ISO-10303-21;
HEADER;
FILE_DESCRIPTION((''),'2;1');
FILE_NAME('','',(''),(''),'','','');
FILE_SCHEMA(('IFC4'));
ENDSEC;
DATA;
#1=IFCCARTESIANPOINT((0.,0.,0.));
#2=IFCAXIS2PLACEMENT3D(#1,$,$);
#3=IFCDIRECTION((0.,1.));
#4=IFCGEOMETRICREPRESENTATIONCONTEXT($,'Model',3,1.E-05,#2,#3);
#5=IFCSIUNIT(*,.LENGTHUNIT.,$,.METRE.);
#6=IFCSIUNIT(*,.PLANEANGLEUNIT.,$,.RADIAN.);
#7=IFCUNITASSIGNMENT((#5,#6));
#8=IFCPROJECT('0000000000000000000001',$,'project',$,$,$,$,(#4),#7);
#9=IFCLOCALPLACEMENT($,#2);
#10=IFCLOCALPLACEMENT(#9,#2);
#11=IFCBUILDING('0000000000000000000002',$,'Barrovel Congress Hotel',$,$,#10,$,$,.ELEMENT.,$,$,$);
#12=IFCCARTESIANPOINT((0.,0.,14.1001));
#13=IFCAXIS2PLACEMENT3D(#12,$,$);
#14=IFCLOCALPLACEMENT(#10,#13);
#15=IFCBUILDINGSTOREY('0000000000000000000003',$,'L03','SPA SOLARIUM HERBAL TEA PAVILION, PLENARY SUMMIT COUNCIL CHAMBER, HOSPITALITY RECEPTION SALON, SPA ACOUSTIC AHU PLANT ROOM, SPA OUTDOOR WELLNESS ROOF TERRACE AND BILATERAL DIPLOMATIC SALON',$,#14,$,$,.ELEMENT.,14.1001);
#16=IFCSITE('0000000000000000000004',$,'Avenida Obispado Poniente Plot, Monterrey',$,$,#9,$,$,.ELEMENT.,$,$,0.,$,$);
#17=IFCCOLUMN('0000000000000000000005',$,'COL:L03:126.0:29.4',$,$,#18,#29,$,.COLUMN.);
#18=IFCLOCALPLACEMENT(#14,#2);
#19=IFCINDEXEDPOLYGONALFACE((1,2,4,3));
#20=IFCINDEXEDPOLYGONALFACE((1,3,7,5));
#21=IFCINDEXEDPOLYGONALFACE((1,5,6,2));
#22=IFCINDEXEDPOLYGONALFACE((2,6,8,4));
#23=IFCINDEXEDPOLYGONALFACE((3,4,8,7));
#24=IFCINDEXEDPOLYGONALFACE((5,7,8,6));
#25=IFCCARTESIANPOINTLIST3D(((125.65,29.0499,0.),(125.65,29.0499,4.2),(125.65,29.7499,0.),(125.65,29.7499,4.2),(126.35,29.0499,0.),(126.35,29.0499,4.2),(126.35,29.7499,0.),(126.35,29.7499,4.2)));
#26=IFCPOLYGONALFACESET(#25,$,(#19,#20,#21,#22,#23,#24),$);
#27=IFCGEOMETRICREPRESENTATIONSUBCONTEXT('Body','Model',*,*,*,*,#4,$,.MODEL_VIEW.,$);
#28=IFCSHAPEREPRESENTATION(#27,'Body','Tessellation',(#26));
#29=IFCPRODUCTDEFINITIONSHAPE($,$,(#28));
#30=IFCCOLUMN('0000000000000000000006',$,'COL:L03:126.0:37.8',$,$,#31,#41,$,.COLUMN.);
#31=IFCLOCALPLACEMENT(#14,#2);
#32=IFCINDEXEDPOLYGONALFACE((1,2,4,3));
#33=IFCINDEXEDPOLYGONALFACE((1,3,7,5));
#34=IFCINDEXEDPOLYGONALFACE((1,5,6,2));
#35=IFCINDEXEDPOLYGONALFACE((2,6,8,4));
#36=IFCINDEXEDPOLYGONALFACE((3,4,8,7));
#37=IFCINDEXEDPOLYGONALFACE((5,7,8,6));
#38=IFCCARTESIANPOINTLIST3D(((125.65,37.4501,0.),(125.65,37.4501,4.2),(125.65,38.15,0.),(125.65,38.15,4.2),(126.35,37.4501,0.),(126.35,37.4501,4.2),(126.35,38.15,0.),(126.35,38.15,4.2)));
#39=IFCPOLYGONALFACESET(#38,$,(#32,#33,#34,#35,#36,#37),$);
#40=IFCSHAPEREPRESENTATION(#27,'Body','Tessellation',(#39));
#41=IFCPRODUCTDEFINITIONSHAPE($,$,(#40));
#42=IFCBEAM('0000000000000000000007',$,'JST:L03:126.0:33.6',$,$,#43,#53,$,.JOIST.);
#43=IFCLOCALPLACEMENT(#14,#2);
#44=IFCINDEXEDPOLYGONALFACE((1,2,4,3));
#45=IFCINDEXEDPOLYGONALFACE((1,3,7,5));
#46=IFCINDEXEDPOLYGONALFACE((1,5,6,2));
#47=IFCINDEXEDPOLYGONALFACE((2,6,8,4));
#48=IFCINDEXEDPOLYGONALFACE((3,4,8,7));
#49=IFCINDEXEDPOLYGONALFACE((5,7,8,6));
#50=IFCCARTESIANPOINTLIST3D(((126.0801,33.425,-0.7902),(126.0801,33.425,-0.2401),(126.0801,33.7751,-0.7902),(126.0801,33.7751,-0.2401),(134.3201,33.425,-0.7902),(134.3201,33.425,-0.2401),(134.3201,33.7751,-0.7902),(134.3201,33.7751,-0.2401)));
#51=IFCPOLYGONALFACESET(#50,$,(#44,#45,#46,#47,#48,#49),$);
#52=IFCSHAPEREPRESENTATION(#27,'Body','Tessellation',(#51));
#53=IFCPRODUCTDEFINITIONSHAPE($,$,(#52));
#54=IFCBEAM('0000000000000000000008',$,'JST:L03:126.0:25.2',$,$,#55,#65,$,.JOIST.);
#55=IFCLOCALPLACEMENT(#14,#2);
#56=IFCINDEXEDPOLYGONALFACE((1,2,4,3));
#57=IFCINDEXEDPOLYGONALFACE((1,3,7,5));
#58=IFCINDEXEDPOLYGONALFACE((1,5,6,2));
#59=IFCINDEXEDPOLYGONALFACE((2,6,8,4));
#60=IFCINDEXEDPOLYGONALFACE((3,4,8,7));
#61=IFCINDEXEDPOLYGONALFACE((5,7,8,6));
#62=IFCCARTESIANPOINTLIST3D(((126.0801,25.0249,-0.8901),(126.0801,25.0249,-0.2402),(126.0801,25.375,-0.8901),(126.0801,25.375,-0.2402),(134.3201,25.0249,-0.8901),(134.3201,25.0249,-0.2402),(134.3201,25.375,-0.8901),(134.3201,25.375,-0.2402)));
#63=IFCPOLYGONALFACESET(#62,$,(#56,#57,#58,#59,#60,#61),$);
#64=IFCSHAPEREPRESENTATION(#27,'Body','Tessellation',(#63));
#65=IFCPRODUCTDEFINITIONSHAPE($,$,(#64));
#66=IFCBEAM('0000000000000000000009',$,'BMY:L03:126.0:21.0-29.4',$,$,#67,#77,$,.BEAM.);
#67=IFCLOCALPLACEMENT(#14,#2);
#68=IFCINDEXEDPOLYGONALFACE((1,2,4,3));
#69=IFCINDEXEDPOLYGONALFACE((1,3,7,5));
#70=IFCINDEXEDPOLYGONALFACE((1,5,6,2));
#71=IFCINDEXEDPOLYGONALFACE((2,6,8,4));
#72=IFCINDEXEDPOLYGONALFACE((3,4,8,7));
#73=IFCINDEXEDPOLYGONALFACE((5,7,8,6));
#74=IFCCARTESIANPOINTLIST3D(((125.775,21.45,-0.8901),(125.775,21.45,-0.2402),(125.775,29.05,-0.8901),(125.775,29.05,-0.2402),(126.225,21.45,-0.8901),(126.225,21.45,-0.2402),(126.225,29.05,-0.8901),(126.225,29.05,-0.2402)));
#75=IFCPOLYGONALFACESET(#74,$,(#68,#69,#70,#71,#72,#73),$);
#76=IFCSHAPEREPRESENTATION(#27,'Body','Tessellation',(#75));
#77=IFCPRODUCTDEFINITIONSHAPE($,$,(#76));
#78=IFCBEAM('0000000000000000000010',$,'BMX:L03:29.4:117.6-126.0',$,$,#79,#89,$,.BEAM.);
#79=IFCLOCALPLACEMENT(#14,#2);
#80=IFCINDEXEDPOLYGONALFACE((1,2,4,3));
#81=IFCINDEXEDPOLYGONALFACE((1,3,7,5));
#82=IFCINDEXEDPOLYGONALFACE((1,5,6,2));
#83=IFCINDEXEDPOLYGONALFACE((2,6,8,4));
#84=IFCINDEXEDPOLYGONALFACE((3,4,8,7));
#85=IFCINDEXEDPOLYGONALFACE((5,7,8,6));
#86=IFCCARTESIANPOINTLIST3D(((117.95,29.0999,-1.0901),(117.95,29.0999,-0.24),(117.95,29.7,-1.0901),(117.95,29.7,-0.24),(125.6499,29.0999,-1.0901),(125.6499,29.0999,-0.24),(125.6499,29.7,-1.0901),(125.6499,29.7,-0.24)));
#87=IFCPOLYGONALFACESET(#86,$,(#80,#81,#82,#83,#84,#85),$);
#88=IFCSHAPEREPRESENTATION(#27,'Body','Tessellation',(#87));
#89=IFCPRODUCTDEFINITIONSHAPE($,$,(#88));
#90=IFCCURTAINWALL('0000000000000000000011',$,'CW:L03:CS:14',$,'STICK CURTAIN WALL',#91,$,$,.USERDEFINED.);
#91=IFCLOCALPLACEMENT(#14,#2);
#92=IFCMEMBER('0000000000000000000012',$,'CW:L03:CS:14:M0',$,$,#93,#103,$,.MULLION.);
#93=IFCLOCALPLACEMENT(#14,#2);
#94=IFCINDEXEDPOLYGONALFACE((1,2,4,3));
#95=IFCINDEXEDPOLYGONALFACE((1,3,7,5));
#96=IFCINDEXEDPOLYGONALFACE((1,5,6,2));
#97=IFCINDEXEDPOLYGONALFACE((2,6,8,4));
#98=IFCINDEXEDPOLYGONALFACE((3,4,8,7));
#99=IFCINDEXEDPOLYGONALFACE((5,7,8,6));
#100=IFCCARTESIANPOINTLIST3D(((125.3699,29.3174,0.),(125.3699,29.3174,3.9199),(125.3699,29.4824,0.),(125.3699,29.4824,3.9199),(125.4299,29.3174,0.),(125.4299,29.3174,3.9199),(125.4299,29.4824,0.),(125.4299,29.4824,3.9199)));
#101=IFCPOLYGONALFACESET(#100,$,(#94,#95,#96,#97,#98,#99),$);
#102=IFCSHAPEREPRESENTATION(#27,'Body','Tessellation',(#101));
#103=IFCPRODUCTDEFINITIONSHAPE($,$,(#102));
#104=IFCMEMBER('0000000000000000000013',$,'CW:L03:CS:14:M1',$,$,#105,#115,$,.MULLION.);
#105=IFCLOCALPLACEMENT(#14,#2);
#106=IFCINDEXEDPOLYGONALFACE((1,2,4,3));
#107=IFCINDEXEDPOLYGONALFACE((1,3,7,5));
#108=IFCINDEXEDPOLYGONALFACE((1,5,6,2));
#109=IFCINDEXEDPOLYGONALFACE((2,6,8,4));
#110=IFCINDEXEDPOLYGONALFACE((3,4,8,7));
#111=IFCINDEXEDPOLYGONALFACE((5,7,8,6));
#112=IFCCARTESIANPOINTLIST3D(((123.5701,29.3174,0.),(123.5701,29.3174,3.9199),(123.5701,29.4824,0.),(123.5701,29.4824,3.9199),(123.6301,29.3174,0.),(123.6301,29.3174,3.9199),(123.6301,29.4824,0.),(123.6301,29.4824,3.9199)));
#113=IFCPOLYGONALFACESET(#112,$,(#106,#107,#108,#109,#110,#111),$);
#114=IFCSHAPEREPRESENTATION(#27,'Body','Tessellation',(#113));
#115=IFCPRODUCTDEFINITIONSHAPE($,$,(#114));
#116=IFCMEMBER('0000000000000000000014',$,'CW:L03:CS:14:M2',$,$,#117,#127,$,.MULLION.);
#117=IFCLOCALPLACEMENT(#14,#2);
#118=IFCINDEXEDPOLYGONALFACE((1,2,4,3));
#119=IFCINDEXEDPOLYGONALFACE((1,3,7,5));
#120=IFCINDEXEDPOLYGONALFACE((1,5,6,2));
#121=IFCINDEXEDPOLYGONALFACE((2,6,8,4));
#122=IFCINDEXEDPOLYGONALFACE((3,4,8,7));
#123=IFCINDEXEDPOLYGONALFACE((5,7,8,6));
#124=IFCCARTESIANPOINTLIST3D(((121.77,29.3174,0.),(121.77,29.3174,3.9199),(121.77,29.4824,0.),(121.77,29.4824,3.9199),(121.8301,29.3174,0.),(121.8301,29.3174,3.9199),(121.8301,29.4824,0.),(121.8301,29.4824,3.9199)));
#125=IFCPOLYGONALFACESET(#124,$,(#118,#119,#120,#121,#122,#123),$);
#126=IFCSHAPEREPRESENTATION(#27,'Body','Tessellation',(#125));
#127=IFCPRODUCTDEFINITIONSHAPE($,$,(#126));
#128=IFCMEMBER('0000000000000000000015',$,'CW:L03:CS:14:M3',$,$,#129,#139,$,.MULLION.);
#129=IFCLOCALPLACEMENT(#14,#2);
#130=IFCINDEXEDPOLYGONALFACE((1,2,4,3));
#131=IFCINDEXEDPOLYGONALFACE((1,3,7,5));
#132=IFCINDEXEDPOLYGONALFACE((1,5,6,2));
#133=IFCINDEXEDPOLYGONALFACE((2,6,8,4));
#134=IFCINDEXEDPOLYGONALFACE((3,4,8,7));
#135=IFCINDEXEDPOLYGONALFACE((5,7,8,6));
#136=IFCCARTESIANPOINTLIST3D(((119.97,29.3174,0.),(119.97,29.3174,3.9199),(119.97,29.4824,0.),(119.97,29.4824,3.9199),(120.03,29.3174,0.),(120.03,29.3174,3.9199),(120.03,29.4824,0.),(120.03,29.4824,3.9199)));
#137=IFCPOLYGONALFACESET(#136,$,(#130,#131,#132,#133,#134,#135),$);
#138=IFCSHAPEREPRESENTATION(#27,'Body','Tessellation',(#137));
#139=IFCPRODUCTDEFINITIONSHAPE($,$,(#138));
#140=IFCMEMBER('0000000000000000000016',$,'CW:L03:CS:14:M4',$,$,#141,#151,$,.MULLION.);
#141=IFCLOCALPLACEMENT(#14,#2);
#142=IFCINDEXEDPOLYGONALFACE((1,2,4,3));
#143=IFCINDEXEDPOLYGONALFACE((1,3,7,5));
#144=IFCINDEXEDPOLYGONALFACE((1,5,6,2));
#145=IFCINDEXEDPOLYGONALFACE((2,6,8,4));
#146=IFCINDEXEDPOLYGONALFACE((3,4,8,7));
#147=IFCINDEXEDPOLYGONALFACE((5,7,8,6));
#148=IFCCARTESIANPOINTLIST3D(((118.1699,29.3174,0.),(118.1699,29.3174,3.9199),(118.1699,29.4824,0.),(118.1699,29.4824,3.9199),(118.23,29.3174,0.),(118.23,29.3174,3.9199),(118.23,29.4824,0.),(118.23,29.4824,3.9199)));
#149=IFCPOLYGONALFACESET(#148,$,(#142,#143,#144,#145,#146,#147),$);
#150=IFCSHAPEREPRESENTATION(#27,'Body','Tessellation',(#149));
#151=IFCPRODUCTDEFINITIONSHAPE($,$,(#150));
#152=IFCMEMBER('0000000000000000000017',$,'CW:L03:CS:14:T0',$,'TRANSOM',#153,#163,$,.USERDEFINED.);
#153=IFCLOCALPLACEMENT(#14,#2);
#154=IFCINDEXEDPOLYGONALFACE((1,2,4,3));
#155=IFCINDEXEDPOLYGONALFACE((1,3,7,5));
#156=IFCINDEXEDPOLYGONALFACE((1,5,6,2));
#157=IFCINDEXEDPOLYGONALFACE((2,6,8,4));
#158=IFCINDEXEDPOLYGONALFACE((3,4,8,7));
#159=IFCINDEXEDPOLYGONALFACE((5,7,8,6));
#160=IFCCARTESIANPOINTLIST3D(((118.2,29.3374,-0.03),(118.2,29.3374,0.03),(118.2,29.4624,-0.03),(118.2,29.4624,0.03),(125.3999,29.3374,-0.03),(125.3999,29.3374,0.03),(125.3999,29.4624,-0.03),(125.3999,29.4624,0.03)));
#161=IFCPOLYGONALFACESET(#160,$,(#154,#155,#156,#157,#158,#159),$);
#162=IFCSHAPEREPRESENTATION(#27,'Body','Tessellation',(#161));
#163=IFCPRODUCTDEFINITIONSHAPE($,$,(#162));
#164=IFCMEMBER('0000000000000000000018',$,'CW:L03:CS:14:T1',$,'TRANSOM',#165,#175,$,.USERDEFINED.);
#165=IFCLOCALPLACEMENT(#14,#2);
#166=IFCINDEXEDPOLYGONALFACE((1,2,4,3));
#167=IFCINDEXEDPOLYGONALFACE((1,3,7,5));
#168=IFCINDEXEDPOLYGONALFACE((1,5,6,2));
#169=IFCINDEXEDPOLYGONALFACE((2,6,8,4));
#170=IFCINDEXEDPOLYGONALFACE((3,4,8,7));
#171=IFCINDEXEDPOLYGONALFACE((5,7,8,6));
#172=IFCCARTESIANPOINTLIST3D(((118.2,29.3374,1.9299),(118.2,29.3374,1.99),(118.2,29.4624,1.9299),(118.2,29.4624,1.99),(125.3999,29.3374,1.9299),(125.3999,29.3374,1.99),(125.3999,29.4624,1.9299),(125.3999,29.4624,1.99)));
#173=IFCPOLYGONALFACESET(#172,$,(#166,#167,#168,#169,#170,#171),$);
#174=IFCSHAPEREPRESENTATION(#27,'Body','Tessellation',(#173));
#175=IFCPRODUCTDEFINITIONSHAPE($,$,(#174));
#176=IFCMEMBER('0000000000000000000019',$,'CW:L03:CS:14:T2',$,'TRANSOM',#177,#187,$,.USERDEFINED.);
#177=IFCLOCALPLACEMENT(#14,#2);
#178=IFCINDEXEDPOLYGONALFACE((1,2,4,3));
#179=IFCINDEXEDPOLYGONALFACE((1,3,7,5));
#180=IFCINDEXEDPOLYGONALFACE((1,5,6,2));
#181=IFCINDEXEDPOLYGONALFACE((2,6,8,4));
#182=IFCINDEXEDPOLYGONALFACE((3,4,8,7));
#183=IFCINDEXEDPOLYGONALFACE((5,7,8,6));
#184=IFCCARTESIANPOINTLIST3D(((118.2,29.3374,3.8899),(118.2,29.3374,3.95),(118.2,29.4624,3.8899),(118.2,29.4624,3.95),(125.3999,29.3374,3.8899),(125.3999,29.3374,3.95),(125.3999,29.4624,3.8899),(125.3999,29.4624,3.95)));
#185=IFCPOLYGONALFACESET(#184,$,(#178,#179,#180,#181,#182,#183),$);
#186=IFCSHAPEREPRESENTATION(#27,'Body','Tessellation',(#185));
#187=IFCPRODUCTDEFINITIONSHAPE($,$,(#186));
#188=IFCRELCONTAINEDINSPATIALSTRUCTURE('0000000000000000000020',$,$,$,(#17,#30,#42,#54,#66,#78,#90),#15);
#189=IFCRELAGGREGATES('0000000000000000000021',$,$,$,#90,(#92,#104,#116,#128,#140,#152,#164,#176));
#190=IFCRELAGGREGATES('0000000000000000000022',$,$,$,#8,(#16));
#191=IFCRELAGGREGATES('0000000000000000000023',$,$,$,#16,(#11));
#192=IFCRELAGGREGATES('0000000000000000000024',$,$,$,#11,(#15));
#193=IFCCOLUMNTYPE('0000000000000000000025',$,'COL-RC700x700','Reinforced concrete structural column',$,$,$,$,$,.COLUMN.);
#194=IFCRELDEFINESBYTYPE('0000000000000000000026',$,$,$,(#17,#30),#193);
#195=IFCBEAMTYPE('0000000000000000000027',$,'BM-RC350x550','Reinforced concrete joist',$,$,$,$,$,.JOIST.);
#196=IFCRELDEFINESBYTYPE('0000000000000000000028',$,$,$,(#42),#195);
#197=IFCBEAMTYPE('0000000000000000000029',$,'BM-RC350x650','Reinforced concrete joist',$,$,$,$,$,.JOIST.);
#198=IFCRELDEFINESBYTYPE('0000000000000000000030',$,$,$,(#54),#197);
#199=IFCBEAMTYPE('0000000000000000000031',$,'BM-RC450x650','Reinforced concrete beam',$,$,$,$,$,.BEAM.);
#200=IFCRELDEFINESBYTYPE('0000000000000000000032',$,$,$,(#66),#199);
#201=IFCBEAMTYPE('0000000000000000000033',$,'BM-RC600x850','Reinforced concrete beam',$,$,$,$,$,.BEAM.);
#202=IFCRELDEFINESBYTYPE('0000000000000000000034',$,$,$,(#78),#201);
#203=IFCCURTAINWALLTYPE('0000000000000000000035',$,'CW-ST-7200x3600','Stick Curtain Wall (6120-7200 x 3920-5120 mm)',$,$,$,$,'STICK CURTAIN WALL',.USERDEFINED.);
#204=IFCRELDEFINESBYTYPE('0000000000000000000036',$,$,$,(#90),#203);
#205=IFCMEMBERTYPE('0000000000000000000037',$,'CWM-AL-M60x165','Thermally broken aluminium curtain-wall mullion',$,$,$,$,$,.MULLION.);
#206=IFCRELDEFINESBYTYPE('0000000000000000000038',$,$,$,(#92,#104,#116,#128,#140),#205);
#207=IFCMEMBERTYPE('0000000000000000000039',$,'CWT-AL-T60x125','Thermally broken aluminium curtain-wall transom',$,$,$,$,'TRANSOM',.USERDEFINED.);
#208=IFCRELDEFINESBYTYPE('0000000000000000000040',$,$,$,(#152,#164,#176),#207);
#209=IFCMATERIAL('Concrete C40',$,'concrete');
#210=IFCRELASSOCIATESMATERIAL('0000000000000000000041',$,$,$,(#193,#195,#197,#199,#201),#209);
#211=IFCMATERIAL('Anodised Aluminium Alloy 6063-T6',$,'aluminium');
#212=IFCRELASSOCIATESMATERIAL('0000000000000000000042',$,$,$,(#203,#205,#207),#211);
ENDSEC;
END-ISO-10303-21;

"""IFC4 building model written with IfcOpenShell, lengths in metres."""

from ifc_helpers import new_model, si_unit, direction, frame, origin, origin_2d, place, context, subcontext, project, spatial, rectangle, extrude, material, material_profile, profile_set, type_object, element, aggregate, save


model = new_model("IFC4")

# Units and contexts
model_context = context("Model", 3, precision=1e-05, world=origin(), true_north=direction((0.0, 1.0)))
body_context = subcontext(model_context, "Body", "Model", "MODEL_VIEW")
ifc_project = project(units=[si_unit("LENGTHUNIT", "METRE"), si_unit("PLANEANGLEUNIT", "RADIAN")], contexts=[model_context])

# Site, building, storey
site_placement = place(None, origin())
site = spatial("IfcSite", under=ifc_project, at=site_placement, Name="Avenida Obispado Poniente Plot, Monterrey", CompositionType="ELEMENT", RefElevation=0.0)
building_placement = place(site_placement, origin())
building = spatial("IfcBuilding", under=site, at=building_placement, Name="Barrovel Congress Hotel", CompositionType="ELEMENT")
storey_placement = place(building_placement, frame((0.0, 0.0, 14.1001)))
storey = spatial("IfcBuildingStorey", under=building, at=storey_placement, Name="L03", Description="SPA SOLARIUM HERBAL TEA PAVILION, PLENARY SUMMIT COUNCIL CHAMBER, HOSPITALITY RECEPTION SALON, SPA ACOUSTIC AHU PLANT ROOM, SPA OUTDOOR WELLNESS ROOF TERRACE AND BILATERAL DIPLOMATIC SALON", CompositionType="ELEMENT", Elevation=14.1001)

# Columns
ifc_material_1 = material(Name="Concrete C40", Category="concrete")
ifc_material_profile_1 = material_profile(ifc_material_1, rectangle(XDim=0.7, YDim=0.7, at=origin_2d()), Name="RC700x700")
ifc_profile_set_1 = profile_set([ifc_material_profile_1], Name="Concrete C40")
column_type = type_object("IfcColumnType", Name="COL-RC700x700", Description="Reinforced concrete structural column", PredefinedType="COLUMN", material=ifc_profile_set_1)
for number, where, z_axis, x_axis, name in (
    (1, (126.0, 29.3999, 0.0), (0.0, 0.0, 1.0), (1.0, 0.0, 0.0), "COL:L03:126.0:29.4"),
    (2, (126.0, 37.8, 0.0), (0.0, 0.0, 1.0), (1.0, 0.0, 0.0), "COL:L03:126.0:37.8"),
):
    element("IfcColumn", number, at=place(storey_placement, frame(where, z_axis=z_axis, x_axis=x_axis)), inside=storey, type_object=column_type, Name=name, PredefinedType="COLUMN", context=body_context, shape_type="SweptSolid", body=[
        extrude(rectangle(XDim=0.7, YDim=0.7, at=origin_2d()), origin(), (0.0, 0.0, 1.0), 4.2),
    ])

# Beams
ifc_material_profile_2 = material_profile(ifc_material_1, rectangle(XDim=0.3501, YDim=0.55, at=origin_2d()), Name="RC350x550")
ifc_profile_set_2 = profile_set([ifc_material_profile_2], Name="Concrete C40")
beam_type_1 = type_object("IfcBeamType", Name="BM-RC350x550", Description="Reinforced concrete joist", PredefinedType="JOIST", material=ifc_profile_set_2)
beam_1_placement = place(storey_placement, frame((126.0801, 33.6001, -0.5151), z_axis=(1.0, 0.0, 0.0), x_axis=(0.0, 1.0, 0.0)))
element("IfcBeam", 3, at=beam_1_placement, inside=storey, type_object=beam_type_1, Name="JST:L03:126.0:33.6", PredefinedType="JOIST", context=body_context, shape_type="SweptSolid", body=[
    extrude(rectangle(XDim=0.3501, YDim=0.55, at=origin_2d()), origin(), (0.0, 0.0, 1.0), 8.24),
])
ifc_material_profile_3 = material_profile(ifc_material_1, rectangle(XDim=0.3501, YDim=0.6499, at=origin_2d()), Name="RC350x650")
ifc_profile_set_3 = profile_set([ifc_material_profile_3], Name="Concrete C40")
beam_type_2 = type_object("IfcBeamType", Name="BM-RC350x650", Description="Reinforced concrete joist", PredefinedType="JOIST", material=ifc_profile_set_3)
beam_2_placement = place(storey_placement, frame((126.0801, 25.2, -0.5652), z_axis=(1.0, 0.0, 0.0), x_axis=(0.0, 1.0, 0.0)))
element("IfcBeam", 4, at=beam_2_placement, inside=storey, type_object=beam_type_2, Name="JST:L03:126.0:25.2", PredefinedType="JOIST", context=body_context, shape_type="SweptSolid", body=[
    extrude(rectangle(XDim=0.3501, YDim=0.6499, at=origin_2d()), origin(), (0.0, 0.0, 1.0), 8.24),
])
ifc_material_profile_4 = material_profile(ifc_material_1, rectangle(XDim=0.45, YDim=0.6499, at=origin_2d()), Name="RC450x650")
ifc_profile_set_4 = profile_set([ifc_material_profile_4], Name="Concrete C40")
beam_type_3 = type_object("IfcBeamType", Name="BM-RC450x650", Description="Reinforced concrete beam", PredefinedType="BEAM", material=ifc_profile_set_4)
beam_3_placement = place(storey_placement, frame((126.0, 21.45, -0.5652), z_axis=(0.0, 1.0, 0.0), x_axis=(-1.0, 0.0, 0.0)))
element("IfcBeam", 5, at=beam_3_placement, inside=storey, type_object=beam_type_3, Name="BMY:L03:126.0:21.0-29.4", PredefinedType="BEAM", context=body_context, shape_type="SweptSolid", body=[
    extrude(rectangle(XDim=0.45, YDim=0.6499, at=origin_2d()), origin(), (0.0, 0.0, 1.0), 7.6001),
])
ifc_material_profile_5 = material_profile(ifc_material_1, rectangle(XDim=0.6001, YDim=0.8501, at=origin_2d()), Name="RC600x850")
ifc_profile_set_5 = profile_set([ifc_material_profile_5], Name="Concrete C40")
beam_type_4 = type_object("IfcBeamType", Name="BM-RC600x850", Description="Reinforced concrete beam", PredefinedType="BEAM", material=ifc_profile_set_5)
beam_4_placement = place(storey_placement, frame((117.95, 29.3999, -0.665), z_axis=(1.0, 0.0, 0.0), x_axis=(0.0, 1.0, 0.0)))
element("IfcBeam", 6, at=beam_4_placement, inside=storey, type_object=beam_type_4, Name="BMX:L03:29.4:117.6-126.0", PredefinedType="BEAM", context=body_context, shape_type="SweptSolid", body=[
    extrude(rectangle(XDim=0.6001, YDim=0.8501, at=origin_2d()), origin(), (0.0, 0.0, 1.0), 7.7),
])

# Curtain wall, members
ifc_material_2 = material(Name="Anodised Aluminium Alloy 6063-T6", Category="aluminium")
curtain_wall_type = type_object("IfcCurtainWallType", Name="CW-ST-7200x3600", Description="Stick Curtain Wall (6120-7200 x 3920-5120 mm)", ElementType="STICK CURTAIN WALL", PredefinedType="USERDEFINED", material=ifc_material_2)
curtain_wall_placement = place(storey_placement, origin())
curtain_wall = element("IfcCurtainWall", 7, at=curtain_wall_placement, inside=storey, type_object=curtain_wall_type, Name="CW:L03:CS:14", ObjectType="STICK CURTAIN WALL", PredefinedType="USERDEFINED")
ifc_material_profile_6 = material_profile(ifc_material_2, rectangle(XDim=0.0601, YDim=0.165, at=origin_2d()), Name="AL-M60x165")
ifc_profile_set_6 = profile_set([ifc_material_profile_6], Name="Anodised Aluminium Alloy 6063-T6")
member_type_1 = type_object("IfcMemberType", Name="CWM-AL-M60x165", Description="Thermally broken aluminium curtain-wall mullion", PredefinedType="MULLION", material=ifc_profile_set_6)
member_1_placement = place(storey_placement, frame((125.3999, 29.3999, 0.0), z_axis=(0.0, 0.0, 1.0), x_axis=(1.0, 0.0, 0.0)))
member_1 = element("IfcMember", 8, at=member_1_placement, type_object=member_type_1, Name="CW:L03:CS:14:M0", PredefinedType="MULLION", context=body_context, shape_type="SweptSolid", body=[
    extrude(rectangle(XDim=0.0601, YDim=0.165, at=origin_2d()), origin(), (0.0, 0.0, 1.0), 3.9199),
])
member_2_placement = place(storey_placement, frame((123.6001, 29.3999, 0.0), z_axis=(0.0, 0.0, 1.0), x_axis=(1.0, 0.0, 0.0)))
member_2 = element("IfcMember", 9, at=member_2_placement, type_object=member_type_1, Name="CW:L03:CS:14:M1", PredefinedType="MULLION", context=body_context, shape_type="SweptSolid", body=[
    extrude(rectangle(XDim=0.0601, YDim=0.165, at=origin_2d()), origin(), (0.0, 0.0, 1.0), 3.9199),
])
member_3_placement = place(storey_placement, frame((121.8, 29.3999, 0.0), z_axis=(0.0, 0.0, 1.0), x_axis=(1.0, 0.0, 0.0)))
member_3 = element("IfcMember", 10, at=member_3_placement, type_object=member_type_1, Name="CW:L03:CS:14:M2", PredefinedType="MULLION", context=body_context, shape_type="SweptSolid", body=[
    extrude(rectangle(XDim=0.0601, YDim=0.165, at=origin_2d()), origin(), (0.0, 0.0, 1.0), 3.9199),
])
member_4_placement = place(storey_placement, frame((120.0, 29.3999, 0.0), z_axis=(0.0, 0.0, 1.0), x_axis=(1.0, 0.0, 0.0)))
member_4 = element("IfcMember", 11, at=member_4_placement, type_object=member_type_1, Name="CW:L03:CS:14:M3", PredefinedType="MULLION", context=body_context, shape_type="SweptSolid", body=[
    extrude(rectangle(XDim=0.0601, YDim=0.165, at=origin_2d()), origin(), (0.0, 0.0, 1.0), 3.9199),
])
member_5_placement = place(storey_placement, frame((118.2, 29.3999, 0.0), z_axis=(0.0, 0.0, 1.0), x_axis=(1.0, 0.0, 0.0)))
member_5 = element("IfcMember", 12, at=member_5_placement, type_object=member_type_1, Name="CW:L03:CS:14:M4", PredefinedType="MULLION", context=body_context, shape_type="SweptSolid", body=[
    extrude(rectangle(XDim=0.0601, YDim=0.165, at=origin_2d()), origin(), (0.0, 0.0, 1.0), 3.9199),
])
ifc_material_profile_7 = material_profile(ifc_material_2, rectangle(XDim=0.125, YDim=0.0601, at=origin_2d()), Name="AL-T60x125")
ifc_profile_set_7 = profile_set([ifc_material_profile_7], Name="Anodised Aluminium Alloy 6063-T6")
member_type_2 = type_object("IfcMemberType", Name="CWT-AL-T60x125", Description="Thermally broken aluminium curtain-wall transom", ElementType="TRANSOM", PredefinedType="USERDEFINED", material=ifc_profile_set_7)
member_6_placement = place(storey_placement, frame((125.3999, 29.3999, 0.0), z_axis=(-1.0, 0.0, 0.0), x_axis=(0.0, -1.0, 0.0)))
member_6 = element("IfcMember", 13, at=member_6_placement, type_object=member_type_2, Name="CW:L03:CS:14:T0", ObjectType="TRANSOM", PredefinedType="USERDEFINED", context=body_context, shape_type="SweptSolid", body=[
    extrude(rectangle(XDim=0.125, YDim=0.0601, at=origin_2d()), origin(), (0.0, 0.0, 1.0), 7.2),
])
member_7_placement = place(storey_placement, frame((125.3999, 29.3999, 1.96), z_axis=(-1.0, 0.0, 0.0), x_axis=(0.0, -1.0, 0.0)))
member_7 = element("IfcMember", 14, at=member_7_placement, type_object=member_type_2, Name="CW:L03:CS:14:T1", ObjectType="TRANSOM", PredefinedType="USERDEFINED", context=body_context, shape_type="SweptSolid", body=[
    extrude(rectangle(XDim=0.125, YDim=0.0601, at=origin_2d()), origin(), (0.0, 0.0, 1.0), 7.2),
])
member_8_placement = place(storey_placement, frame((125.3999, 29.3999, 3.9199), z_axis=(-1.0, 0.0, 0.0), x_axis=(0.0, -1.0, 0.0)))
member_8 = element("IfcMember", 15, at=member_8_placement, type_object=member_type_2, Name="CW:L03:CS:14:T2", ObjectType="TRANSOM", PredefinedType="USERDEFINED", context=body_context, shape_type="SweptSolid", body=[
    extrude(rectangle(XDim=0.125, YDim=0.0601, at=origin_2d()), origin(), (0.0, 0.0, 1.0), 7.2),
])

aggregate(curtain_wall, [member_1, member_2, member_3, member_4, member_5, member_6, member_7, member_8])

save(model, "model.ifc")
